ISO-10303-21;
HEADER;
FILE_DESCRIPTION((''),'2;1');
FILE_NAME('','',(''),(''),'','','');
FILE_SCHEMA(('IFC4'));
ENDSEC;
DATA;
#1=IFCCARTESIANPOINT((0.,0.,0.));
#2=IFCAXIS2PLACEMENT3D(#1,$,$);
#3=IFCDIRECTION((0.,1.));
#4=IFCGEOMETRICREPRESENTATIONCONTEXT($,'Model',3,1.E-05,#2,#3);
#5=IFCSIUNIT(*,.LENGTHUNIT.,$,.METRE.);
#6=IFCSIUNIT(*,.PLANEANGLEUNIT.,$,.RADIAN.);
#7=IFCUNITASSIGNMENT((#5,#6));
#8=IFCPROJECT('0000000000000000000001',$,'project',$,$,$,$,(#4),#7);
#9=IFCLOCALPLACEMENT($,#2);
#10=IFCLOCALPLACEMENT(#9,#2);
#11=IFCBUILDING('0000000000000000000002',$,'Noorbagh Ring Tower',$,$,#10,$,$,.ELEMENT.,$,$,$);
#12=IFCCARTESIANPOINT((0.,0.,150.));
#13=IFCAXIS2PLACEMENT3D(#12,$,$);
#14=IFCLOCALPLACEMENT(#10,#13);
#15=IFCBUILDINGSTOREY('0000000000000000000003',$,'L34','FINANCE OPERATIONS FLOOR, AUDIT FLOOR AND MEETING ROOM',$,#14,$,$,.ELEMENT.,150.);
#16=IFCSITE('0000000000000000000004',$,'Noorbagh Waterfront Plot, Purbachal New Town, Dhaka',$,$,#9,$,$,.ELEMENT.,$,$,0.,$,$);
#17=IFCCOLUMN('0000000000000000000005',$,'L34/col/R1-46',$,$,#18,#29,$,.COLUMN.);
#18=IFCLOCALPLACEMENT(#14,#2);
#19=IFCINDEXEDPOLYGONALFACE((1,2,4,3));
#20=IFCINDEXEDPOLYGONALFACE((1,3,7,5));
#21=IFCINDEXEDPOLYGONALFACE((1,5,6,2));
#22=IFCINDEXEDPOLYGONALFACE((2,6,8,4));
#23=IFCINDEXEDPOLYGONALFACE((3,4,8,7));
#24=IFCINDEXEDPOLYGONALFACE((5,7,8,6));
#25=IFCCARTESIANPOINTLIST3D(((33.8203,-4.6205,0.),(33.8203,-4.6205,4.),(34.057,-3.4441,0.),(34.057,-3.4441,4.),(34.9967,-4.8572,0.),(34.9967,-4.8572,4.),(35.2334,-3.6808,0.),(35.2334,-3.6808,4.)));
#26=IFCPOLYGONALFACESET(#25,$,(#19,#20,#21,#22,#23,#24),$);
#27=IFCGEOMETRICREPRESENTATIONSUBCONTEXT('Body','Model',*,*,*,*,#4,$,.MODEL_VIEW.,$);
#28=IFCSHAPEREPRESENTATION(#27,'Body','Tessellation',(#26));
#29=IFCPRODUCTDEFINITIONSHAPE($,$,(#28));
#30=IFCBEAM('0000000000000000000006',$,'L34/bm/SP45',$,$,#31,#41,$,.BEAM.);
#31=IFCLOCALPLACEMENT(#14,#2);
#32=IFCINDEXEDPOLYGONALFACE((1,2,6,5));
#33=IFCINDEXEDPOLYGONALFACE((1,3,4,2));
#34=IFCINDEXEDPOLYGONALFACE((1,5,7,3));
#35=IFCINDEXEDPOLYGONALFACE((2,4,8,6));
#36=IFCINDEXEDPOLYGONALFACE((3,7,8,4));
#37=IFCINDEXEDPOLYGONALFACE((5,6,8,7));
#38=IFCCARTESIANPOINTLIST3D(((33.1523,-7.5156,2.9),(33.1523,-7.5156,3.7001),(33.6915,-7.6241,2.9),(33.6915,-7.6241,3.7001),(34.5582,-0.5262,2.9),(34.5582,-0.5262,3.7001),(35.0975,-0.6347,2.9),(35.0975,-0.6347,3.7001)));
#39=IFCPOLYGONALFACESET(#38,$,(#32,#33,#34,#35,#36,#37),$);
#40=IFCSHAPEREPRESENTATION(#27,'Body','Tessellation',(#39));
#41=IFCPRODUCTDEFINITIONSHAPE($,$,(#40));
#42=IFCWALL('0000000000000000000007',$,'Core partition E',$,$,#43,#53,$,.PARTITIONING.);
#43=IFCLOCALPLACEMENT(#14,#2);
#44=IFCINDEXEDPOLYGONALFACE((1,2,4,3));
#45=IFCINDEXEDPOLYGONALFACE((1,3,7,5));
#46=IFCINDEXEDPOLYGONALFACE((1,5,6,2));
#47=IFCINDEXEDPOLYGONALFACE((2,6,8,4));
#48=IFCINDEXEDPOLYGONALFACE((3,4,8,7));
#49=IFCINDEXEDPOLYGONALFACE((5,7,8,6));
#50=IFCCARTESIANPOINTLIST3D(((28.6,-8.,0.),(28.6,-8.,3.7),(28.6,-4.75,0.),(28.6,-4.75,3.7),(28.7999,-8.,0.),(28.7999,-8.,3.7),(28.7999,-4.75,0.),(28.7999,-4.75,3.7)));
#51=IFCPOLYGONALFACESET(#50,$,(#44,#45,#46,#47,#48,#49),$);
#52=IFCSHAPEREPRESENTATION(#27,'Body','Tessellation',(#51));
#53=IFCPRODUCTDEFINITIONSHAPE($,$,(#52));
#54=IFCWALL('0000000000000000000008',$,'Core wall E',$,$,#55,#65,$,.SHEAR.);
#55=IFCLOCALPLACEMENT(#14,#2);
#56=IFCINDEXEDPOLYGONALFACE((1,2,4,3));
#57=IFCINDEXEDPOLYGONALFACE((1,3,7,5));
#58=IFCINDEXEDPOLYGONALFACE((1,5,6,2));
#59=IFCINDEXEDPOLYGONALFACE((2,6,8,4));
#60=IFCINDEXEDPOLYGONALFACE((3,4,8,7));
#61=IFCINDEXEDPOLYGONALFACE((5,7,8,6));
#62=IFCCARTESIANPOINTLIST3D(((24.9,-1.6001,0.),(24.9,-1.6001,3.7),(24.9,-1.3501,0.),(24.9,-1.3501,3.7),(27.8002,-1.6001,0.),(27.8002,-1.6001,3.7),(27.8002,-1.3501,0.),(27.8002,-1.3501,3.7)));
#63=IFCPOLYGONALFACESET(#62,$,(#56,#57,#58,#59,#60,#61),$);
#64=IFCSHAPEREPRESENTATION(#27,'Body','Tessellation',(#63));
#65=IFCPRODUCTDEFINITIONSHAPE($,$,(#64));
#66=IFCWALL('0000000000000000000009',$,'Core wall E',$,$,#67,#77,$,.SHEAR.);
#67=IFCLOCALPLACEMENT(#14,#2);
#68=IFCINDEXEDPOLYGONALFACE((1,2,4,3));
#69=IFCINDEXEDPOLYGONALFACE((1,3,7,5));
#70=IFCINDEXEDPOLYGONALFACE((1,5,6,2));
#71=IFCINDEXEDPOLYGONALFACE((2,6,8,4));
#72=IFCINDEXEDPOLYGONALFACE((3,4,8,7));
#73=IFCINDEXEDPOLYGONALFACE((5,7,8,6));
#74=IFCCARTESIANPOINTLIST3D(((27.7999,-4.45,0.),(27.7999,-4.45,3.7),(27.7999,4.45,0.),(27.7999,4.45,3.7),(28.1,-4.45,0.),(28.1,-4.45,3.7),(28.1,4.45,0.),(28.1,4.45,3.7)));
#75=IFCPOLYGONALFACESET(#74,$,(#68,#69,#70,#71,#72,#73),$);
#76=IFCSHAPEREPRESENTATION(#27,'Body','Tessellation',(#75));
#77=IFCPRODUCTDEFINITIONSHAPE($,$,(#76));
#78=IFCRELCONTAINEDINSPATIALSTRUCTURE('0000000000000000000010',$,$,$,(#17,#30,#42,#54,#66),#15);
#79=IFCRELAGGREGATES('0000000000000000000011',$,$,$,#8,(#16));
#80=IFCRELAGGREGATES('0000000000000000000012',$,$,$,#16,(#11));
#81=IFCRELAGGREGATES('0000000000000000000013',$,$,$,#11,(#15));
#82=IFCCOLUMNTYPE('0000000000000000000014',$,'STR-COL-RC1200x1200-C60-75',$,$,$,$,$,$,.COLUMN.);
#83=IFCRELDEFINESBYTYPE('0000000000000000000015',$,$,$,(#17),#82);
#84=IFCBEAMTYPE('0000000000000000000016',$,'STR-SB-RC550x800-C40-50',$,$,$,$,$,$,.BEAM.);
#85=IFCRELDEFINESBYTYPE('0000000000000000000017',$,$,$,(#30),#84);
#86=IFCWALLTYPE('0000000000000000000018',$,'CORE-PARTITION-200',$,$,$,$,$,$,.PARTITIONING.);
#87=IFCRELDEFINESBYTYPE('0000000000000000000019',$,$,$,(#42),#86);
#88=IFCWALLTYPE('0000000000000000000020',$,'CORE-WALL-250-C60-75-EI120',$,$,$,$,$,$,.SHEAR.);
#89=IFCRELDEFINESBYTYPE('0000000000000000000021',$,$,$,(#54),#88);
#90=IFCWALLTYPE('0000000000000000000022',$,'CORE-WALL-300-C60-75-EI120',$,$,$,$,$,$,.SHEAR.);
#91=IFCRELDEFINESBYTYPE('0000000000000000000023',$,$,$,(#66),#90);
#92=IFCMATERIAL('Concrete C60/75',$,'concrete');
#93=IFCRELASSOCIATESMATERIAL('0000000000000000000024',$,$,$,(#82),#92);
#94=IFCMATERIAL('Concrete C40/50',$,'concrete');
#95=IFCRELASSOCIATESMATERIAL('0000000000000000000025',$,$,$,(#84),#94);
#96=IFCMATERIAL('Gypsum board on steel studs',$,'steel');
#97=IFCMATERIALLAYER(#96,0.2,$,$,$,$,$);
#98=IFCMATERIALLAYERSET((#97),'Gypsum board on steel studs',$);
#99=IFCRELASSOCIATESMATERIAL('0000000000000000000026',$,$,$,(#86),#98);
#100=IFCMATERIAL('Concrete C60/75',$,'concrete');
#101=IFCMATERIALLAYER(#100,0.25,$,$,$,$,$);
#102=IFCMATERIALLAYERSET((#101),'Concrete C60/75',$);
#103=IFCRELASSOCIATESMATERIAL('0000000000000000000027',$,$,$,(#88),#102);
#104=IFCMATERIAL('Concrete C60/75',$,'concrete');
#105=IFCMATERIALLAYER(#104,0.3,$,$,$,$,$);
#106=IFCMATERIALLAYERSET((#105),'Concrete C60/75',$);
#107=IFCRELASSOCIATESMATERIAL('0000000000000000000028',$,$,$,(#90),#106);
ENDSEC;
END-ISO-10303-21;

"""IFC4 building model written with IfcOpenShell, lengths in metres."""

from ifc_helpers import new_model, si_unit, direction, frame, frame_2d, origin, origin_2d, place, context, subcontext, project, spatial, rectangle, extrude, material, layer, layer_set, material_profile, profile_set, type_object, element, save


model = new_model("IFC4")

# Units and contexts
model_context = context("Model", 3, precision=1e-05, world=origin(), true_north=direction((0.0, 1.0)))
body_context = subcontext(model_context, "Body", "Model", "MODEL_VIEW")
ifc_project = project(units=[si_unit("LENGTHUNIT", "METRE"), si_unit("PLANEANGLEUNIT", "RADIAN")], contexts=[model_context])

# Site, building, storey
site_placement = place(None, origin())
site = spatial("IfcSite", under=ifc_project, at=site_placement, Name="Noorbagh Waterfront Plot, Purbachal New Town, Dhaka", CompositionType="ELEMENT", RefElevation=0.0)
building_placement = place(site_placement, origin())
building = spatial("IfcBuilding", under=site, at=building_placement, Name="Noorbagh Ring Tower", CompositionType="ELEMENT")
storey_placement = place(building_placement, frame((0.0, 0.0, 150.0)))
storey = spatial("IfcBuildingStorey", under=building, at=storey_placement, Name="L34", Description="FINANCE OPERATIONS FLOOR, AUDIT FLOOR AND MEETING ROOM", CompositionType="ELEMENT", Elevation=150.0)

# Column
ifc_material_1 = material(Name="Concrete C60/75", Category="concrete")
ifc_material_profile_1 = material_profile(ifc_material_1, rectangle(XDim=1.2, YDim=1.2, at=origin_2d()), Name="RC1200x1200")
ifc_profile_set_1 = profile_set([ifc_material_profile_1], Name="Concrete C60/75")
column_type = type_object("IfcColumnType", Name="STR-COL-RC1200x1200-C60-75", PredefinedType="COLUMN", material=ifc_profile_set_1)
column_placement = place(storey_placement, frame((34.5269, -4.1506, 0.0), z_axis=(0.0, 0.0, 1.0), x_axis=(0.19723, 0.980357, 0.0)))
element("IfcColumn", 1, at=column_placement, inside=storey, type_object=column_type, Name="L34/col/R1-46", PredefinedType="COLUMN", context=body_context, shape_type="SweptSolid", body=[
    extrude(rectangle(XDim=1.2, YDim=1.2, at=origin_2d()), origin(), (0.0, 0.0, 1.0), 4.0),
])

# Beam
ifc_material_2 = material(Name="Concrete C40/50", Category="concrete")
ifc_material_profile_2 = material_profile(ifc_material_2, rectangle(XDim=0.55, YDim=0.8, at=origin_2d()), Name="RC550x800")
ifc_profile_set_2 = profile_set([ifc_material_profile_2], Name="Concrete C40/50")
beam_type = type_object("IfcBeamType", Name="STR-SB-RC550x800-C40-50", PredefinedType="BEAM", material=ifc_profile_set_2)
beam_placement = place(storey_placement, frame((33.4219, -7.5698, 3.3), z_axis=(0.197209, 0.980361, 0.0), x_axis=(-0.980361, 0.197209, 0.0)))
element("IfcBeam", 2, at=beam_placement, inside=storey, type_object=beam_type, Name="L34/bm/SP45", PredefinedType="BEAM", context=body_context, shape_type="SweptSolid", body=[
    extrude(rectangle(XDim=0.55, YDim=0.8, at=origin_2d()), origin(), (0.0, 0.0, 1.0), 7.1294),
])

# Walls
ifc_material_3 = material(Name="Gypsum board on steel studs", Category="steel")
ifc_layer_1 = layer(ifc_material_3, 0.2)
ifc_layer_set_1 = layer_set([ifc_layer_1], Name="Gypsum board on steel studs")
wall_type_1 = type_object("IfcWallType", Name="CORE-PARTITION-200", PredefinedType="PARTITIONING", material=ifc_layer_set_1)
wall_1_placement = place(storey_placement, frame((28.7, -8.0, 0.0), z_axis=(0.0, 0.0, 1.0), x_axis=(0.0, 1.0, 0.0)))
element("IfcWall", 3, at=wall_1_placement, inside=storey, type_object=wall_type_1, Name="Core partition E", PredefinedType="PARTITIONING", context=body_context, shape_type="SweptSolid", body=[
    extrude(rectangle(XDim=3.25, YDim=0.2, at=frame_2d((1.625, 0.0))), origin(), (0.0, 0.0, 1.0), 3.7),
])
ifc_material_4 = material(Name="Concrete C60/75", Category="concrete")
ifc_layer_2 = layer(ifc_material_4, 0.25)
ifc_layer_set_2 = layer_set([ifc_layer_2], Name="Concrete C60/75")
wall_type_2 = type_object("IfcWallType", Name="CORE-WALL-250-C60-75-EI120", PredefinedType="SHEAR", material=ifc_layer_set_2)
wall_2_placement = place(storey_placement, frame((24.8999, -1.4751, 0.0), z_axis=(0.0, 0.0, 1.0), x_axis=(1.0, 0.0, 0.0)))
element("IfcWall", 4, at=wall_2_placement, inside=storey, type_object=wall_type_2, Name="Core wall E", PredefinedType="SHEAR", context=body_context, shape_type="SweptSolid", body=[
    extrude(rectangle(XDim=2.9001, YDim=0.25, at=frame_2d((1.4502, 0.0))), origin(), (0.0, 0.0, 1.0), 3.7),
])
ifc_material_5 = material(Name="Concrete C60/75", Category="concrete")
ifc_layer_3 = layer(ifc_material_5, 0.3)
ifc_layer_set_3 = layer_set([ifc_layer_3], Name="Concrete C60/75")
wall_type_3 = type_object("IfcWallType", Name="CORE-WALL-300-C60-75-EI120", PredefinedType="SHEAR", material=ifc_layer_set_3)
wall_3_placement = place(storey_placement, frame((27.95, -4.45, 0.0), z_axis=(0.0, 0.0, 1.0), x_axis=(0.0, 1.0, 0.0)))
element("IfcWall", 5, at=wall_3_placement, inside=storey, type_object=wall_type_3, Name="Core wall E", PredefinedType="SHEAR", context=body_context, shape_type="SweptSolid", body=[
    extrude(rectangle(XDim=8.8999, YDim=0.3, at=frame_2d((4.45, 0.0))), origin(), (0.0, 0.0, 1.0), 3.7),
])

save(model, "model.ifc")
